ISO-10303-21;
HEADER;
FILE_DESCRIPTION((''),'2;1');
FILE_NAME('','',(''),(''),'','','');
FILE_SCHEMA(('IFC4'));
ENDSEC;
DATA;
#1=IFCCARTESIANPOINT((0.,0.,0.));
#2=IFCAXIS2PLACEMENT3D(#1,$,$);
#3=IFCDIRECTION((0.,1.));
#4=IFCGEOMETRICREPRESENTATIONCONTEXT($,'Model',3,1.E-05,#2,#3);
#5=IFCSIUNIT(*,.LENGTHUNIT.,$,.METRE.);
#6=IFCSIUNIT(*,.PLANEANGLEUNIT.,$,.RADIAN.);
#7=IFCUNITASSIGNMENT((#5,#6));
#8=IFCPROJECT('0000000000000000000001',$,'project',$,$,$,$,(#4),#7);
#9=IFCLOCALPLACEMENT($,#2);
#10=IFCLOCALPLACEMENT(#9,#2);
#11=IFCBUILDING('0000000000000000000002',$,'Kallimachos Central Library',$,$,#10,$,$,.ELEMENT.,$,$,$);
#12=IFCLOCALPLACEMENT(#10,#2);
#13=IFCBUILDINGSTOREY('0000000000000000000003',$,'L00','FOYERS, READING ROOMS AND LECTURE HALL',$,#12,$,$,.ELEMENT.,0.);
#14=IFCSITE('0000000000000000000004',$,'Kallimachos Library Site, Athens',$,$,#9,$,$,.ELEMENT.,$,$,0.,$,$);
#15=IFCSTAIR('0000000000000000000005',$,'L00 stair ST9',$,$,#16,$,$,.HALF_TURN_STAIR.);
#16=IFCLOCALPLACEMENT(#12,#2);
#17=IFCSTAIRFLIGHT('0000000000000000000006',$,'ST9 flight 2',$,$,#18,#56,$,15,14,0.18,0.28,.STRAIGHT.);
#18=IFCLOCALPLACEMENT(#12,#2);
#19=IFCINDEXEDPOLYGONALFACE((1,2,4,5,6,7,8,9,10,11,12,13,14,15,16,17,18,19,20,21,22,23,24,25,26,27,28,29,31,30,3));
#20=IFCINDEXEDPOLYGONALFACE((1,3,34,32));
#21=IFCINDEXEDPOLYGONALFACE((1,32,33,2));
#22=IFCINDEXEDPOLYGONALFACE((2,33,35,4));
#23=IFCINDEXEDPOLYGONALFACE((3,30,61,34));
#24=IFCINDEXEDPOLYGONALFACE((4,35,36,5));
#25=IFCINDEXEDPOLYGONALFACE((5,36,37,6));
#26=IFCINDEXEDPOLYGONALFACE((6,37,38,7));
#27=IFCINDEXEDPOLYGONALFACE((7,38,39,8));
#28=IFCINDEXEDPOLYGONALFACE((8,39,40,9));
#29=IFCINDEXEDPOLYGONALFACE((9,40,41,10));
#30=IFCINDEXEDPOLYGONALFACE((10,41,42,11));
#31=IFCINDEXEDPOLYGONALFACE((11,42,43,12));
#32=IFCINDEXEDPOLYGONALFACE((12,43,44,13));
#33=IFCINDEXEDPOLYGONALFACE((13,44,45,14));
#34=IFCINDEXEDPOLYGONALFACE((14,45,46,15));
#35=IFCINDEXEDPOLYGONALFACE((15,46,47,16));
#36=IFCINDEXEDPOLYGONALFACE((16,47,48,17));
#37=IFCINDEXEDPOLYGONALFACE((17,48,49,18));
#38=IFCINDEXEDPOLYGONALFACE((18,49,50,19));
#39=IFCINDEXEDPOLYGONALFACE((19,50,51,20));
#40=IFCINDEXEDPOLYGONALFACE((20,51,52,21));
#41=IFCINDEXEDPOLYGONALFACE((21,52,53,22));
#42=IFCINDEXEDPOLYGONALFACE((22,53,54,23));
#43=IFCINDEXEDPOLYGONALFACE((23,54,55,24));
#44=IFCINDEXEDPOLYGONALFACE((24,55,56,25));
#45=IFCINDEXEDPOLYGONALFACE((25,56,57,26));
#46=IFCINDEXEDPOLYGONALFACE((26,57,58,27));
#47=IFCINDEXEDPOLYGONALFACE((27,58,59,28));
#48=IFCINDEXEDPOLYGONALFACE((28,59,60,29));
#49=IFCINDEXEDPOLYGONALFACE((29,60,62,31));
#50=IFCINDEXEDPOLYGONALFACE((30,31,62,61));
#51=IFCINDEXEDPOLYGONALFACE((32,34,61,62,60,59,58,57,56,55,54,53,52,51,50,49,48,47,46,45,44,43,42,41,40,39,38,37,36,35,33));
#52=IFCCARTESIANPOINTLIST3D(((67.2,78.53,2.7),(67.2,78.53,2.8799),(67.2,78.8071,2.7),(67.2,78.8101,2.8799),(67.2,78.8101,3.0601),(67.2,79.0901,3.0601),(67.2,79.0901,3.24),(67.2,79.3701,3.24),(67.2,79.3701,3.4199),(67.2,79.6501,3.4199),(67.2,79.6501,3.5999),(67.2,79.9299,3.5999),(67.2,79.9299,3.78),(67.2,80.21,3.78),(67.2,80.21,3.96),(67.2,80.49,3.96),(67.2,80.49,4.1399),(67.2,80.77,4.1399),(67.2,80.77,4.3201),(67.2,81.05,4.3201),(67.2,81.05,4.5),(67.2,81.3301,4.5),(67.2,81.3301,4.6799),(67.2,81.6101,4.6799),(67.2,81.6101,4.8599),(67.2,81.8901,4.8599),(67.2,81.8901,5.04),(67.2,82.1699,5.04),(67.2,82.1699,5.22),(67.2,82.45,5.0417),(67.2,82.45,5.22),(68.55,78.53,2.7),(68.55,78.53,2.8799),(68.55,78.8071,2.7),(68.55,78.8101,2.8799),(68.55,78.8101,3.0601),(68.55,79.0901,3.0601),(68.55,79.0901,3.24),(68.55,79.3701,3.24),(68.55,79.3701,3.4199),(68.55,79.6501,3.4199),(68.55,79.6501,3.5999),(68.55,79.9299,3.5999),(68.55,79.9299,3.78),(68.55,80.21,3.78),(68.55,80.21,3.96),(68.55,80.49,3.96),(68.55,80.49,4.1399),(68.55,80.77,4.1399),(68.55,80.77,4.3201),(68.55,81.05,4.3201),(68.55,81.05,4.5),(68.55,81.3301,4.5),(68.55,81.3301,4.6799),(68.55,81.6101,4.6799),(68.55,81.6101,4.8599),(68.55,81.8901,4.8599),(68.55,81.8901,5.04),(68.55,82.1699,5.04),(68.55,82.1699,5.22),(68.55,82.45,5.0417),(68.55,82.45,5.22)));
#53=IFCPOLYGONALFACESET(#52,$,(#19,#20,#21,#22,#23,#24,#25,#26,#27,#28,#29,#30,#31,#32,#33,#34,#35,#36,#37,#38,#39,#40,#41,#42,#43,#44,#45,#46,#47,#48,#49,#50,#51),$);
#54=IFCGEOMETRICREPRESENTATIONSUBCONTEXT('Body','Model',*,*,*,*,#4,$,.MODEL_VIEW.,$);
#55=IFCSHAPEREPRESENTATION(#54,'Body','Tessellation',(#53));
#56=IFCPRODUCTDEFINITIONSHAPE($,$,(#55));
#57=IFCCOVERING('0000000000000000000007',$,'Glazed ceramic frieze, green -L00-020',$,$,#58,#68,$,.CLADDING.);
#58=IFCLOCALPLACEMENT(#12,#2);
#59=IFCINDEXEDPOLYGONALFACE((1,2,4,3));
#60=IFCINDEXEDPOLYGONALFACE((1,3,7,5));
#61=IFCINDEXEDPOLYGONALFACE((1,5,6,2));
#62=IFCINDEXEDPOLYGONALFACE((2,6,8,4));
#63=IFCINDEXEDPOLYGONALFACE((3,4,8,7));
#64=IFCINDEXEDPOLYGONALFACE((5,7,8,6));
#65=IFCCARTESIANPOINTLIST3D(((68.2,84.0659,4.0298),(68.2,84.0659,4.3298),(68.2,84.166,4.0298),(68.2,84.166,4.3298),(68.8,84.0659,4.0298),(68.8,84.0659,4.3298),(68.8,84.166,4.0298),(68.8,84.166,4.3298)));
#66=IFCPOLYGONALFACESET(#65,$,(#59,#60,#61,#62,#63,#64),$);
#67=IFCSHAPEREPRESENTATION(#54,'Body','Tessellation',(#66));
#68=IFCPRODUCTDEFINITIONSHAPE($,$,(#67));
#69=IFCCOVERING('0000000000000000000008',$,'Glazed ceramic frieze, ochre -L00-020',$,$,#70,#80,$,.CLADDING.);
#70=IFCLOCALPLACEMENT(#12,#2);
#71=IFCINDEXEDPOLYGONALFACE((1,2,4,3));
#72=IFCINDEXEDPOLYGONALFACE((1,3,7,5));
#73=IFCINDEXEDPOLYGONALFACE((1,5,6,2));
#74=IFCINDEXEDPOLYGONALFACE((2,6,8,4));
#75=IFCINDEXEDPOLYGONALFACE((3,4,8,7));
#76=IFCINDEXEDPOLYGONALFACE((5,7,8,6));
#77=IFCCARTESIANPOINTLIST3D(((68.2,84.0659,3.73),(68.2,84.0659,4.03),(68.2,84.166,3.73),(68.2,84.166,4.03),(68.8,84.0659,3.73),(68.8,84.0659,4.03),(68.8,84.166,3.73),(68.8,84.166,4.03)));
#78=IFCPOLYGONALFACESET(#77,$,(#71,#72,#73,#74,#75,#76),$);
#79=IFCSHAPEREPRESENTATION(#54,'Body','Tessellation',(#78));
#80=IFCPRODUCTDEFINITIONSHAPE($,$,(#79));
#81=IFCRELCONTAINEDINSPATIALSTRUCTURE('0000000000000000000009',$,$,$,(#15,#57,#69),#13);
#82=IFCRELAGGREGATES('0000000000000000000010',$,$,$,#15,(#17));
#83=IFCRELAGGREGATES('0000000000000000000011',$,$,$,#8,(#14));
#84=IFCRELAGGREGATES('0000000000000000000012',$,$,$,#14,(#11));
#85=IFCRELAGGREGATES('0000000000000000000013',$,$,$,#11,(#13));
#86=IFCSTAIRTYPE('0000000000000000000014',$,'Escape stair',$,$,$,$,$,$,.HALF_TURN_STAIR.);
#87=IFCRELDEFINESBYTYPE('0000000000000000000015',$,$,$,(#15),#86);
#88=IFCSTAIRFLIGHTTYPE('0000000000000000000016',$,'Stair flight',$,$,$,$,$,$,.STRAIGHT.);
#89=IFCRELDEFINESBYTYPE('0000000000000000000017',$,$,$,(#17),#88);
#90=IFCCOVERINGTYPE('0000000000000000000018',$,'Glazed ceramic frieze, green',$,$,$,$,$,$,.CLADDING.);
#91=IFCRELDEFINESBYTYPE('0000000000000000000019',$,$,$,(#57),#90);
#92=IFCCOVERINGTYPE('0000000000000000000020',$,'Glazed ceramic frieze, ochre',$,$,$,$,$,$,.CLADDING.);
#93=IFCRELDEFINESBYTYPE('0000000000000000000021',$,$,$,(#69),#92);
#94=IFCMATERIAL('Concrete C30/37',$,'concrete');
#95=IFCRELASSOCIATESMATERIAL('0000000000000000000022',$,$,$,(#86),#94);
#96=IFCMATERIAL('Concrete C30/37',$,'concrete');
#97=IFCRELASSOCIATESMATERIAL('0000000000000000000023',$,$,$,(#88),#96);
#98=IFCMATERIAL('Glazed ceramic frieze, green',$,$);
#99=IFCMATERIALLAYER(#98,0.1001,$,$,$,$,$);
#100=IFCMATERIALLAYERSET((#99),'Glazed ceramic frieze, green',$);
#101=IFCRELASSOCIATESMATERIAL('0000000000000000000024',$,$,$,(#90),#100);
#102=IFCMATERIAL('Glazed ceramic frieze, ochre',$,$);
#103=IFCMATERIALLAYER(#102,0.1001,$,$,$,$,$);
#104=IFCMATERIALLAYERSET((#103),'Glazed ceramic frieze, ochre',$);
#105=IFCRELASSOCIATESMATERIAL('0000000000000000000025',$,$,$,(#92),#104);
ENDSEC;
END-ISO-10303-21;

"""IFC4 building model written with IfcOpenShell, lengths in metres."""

from ifc_helpers import new_model, si_unit, direction, frame, origin, origin_2d, place, context, subcontext, project, spatial, polyline, rectangle, outline, extrude, material, layer, layer_set, type_object, element, aggregate, save


model = new_model("IFC4")

# Units and contexts
model_context = context("Model", 3, precision=1e-05, world=origin(), true_north=direction((0.0, 1.0)))
body_context = subcontext(model_context, "Body", "Model", "MODEL_VIEW")
ifc_project = project(units=[si_unit("LENGTHUNIT", "METRE"), si_unit("PLANEANGLEUNIT", "RADIAN")], contexts=[model_context])

# Site, building, storey
site_placement = place(None, origin())
site = spatial("IfcSite", under=ifc_project, at=site_placement, Name="Kallimachos Library Site, Athens", CompositionType="ELEMENT", RefElevation=0.0)
building_placement = place(site_placement, origin())
building = spatial("IfcBuilding", under=site, at=building_placement, Name="Kallimachos Central Library", CompositionType="ELEMENT")
storey_placement = place(building_placement, origin())
storey = spatial("IfcBuildingStorey", under=building, at=storey_placement, Name="L00", Description="FOYERS, READING ROOMS AND LECTURE HALL", CompositionType="ELEMENT", Elevation=0.0)

# Stair, stair flight
ifc_material_1 = material(Name="Concrete C30/37", Category="concrete")
stair_type = type_object("IfcStairType", Name="Escape stair", PredefinedType="HALF_TURN_STAIR", material=ifc_material_1)
stair_placement = place(storey_placement, origin())
stair = element("IfcStair", 1, at=stair_placement, inside=storey, type_object=stair_type, Name="L00 stair ST9", PredefinedType="HALF_TURN_STAIR")
ifc_material_2 = material(Name="Concrete C30/37", Category="concrete")
stair_flight_type = type_object("IfcStairFlightType", Name="Stair flight", PredefinedType="STRAIGHT", material=ifc_material_2)
stair_flight_1_placement = place(storey_placement, frame((67.875, 78.53, 2.7), z_axis=(0.0, 0.0, 1.0), x_axis=(0.0, 1.0, 0.0)))
stair_flight_1 = element("IfcStairFlight", 2, at=stair_flight_1_placement, type_object=stair_flight_type, Name="ST9 flight 2", NumberOfRisers=15, NumberOfTreads=14, PredefinedType="STRAIGHT", RiserHeight=0.18, TreadLength=0.28, context=body_context, shape_type="SweptSolid", body=[
    extrude(outline(polyline([(0.0, 0.0), (0.0, 0.1799), (0.28, 0.1799), (0.28, 0.3601), (0.5601, 0.3601), (0.5601, 0.54), (0.8401, 0.54), (0.8401, 0.72), (1.1201, 0.72), (1.1201, 0.8999), (1.3999, 0.8999), (1.3999, 1.0801), (1.6799, 1.0801), (1.6799, 1.26), (1.96, 1.26), (1.96, 1.4399), (2.24, 1.4399), (2.24, 1.6201), (2.52, 1.6201), (2.52, 1.8), (2.8, 1.8), (2.8, 1.98), (3.0801, 1.98), (3.0801, 2.1599), (3.3601, 2.1599), (3.3601, 2.3401), (3.6399, 2.3401), (3.6399, 2.52), (3.9199, 2.52), (3.9199, 2.7), (3.9199, 2.3418), (0.2771, 0.0), (0.0, 0.0)])), frame((0.0, 0.675, 0.0), z_axis=(0.0, -1.0, 0.0), x_axis=(1.0, 0.0, 0.0)), (0.0, 0.0, 1.0), 1.3501),
])
aggregate(stair, [stair_flight_1])

# Coverings
ifc_material_3 = material(Name="Glazed ceramic frieze, green")
ifc_layer_1 = layer(ifc_material_3, 0.1001)
ifc_layer_set_1 = layer_set([ifc_layer_1], Name="Glazed ceramic frieze, green")
covering_type_1 = type_object("IfcCoveringType", Name="Glazed ceramic frieze, green", PredefinedType="CLADDING", material=ifc_layer_set_1)
covering_1_placement = place(storey_placement, frame((68.5, 84.116, 4.0298), z_axis=(0.0, 0.0, 1.0), x_axis=(1.0, 0.0, 0.0)))
element("IfcCovering", 3, at=covering_1_placement, inside=storey, type_object=covering_type_1, Name="Glazed ceramic frieze, green -L00-020", PredefinedType="CLADDING", context=body_context, shape_type="SweptSolid", body=[
    extrude(rectangle(XDim=0.6001, YDim=0.1001, at=origin_2d()), origin(), (0.0, 0.0, 1.0), 0.3),
])
ifc_material_4 = material(Name="Glazed ceramic frieze, ochre")
ifc_layer_2 = layer(ifc_material_4, 0.1001)
ifc_layer_set_2 = layer_set([ifc_layer_2], Name="Glazed ceramic frieze, ochre")
covering_type_2 = type_object("IfcCoveringType", Name="Glazed ceramic frieze, ochre", PredefinedType="CLADDING", material=ifc_layer_set_2)
covering_2_placement = place(storey_placement, frame((68.5, 84.116, 3.73), z_axis=(0.0, 0.0, 1.0), x_axis=(1.0, 0.0, 0.0)))
element("IfcCovering", 4, at=covering_2_placement, inside=storey, type_object=covering_type_2, Name="Glazed ceramic frieze, ochre -L00-020", PredefinedType="CLADDING", context=body_context, shape_type="SweptSolid", body=[
    extrude(rectangle(XDim=0.6001, YDim=0.1001, at=origin_2d()), origin(), (0.0, 0.0, 1.0), 0.3),
])

save(model, "model.ifc")
